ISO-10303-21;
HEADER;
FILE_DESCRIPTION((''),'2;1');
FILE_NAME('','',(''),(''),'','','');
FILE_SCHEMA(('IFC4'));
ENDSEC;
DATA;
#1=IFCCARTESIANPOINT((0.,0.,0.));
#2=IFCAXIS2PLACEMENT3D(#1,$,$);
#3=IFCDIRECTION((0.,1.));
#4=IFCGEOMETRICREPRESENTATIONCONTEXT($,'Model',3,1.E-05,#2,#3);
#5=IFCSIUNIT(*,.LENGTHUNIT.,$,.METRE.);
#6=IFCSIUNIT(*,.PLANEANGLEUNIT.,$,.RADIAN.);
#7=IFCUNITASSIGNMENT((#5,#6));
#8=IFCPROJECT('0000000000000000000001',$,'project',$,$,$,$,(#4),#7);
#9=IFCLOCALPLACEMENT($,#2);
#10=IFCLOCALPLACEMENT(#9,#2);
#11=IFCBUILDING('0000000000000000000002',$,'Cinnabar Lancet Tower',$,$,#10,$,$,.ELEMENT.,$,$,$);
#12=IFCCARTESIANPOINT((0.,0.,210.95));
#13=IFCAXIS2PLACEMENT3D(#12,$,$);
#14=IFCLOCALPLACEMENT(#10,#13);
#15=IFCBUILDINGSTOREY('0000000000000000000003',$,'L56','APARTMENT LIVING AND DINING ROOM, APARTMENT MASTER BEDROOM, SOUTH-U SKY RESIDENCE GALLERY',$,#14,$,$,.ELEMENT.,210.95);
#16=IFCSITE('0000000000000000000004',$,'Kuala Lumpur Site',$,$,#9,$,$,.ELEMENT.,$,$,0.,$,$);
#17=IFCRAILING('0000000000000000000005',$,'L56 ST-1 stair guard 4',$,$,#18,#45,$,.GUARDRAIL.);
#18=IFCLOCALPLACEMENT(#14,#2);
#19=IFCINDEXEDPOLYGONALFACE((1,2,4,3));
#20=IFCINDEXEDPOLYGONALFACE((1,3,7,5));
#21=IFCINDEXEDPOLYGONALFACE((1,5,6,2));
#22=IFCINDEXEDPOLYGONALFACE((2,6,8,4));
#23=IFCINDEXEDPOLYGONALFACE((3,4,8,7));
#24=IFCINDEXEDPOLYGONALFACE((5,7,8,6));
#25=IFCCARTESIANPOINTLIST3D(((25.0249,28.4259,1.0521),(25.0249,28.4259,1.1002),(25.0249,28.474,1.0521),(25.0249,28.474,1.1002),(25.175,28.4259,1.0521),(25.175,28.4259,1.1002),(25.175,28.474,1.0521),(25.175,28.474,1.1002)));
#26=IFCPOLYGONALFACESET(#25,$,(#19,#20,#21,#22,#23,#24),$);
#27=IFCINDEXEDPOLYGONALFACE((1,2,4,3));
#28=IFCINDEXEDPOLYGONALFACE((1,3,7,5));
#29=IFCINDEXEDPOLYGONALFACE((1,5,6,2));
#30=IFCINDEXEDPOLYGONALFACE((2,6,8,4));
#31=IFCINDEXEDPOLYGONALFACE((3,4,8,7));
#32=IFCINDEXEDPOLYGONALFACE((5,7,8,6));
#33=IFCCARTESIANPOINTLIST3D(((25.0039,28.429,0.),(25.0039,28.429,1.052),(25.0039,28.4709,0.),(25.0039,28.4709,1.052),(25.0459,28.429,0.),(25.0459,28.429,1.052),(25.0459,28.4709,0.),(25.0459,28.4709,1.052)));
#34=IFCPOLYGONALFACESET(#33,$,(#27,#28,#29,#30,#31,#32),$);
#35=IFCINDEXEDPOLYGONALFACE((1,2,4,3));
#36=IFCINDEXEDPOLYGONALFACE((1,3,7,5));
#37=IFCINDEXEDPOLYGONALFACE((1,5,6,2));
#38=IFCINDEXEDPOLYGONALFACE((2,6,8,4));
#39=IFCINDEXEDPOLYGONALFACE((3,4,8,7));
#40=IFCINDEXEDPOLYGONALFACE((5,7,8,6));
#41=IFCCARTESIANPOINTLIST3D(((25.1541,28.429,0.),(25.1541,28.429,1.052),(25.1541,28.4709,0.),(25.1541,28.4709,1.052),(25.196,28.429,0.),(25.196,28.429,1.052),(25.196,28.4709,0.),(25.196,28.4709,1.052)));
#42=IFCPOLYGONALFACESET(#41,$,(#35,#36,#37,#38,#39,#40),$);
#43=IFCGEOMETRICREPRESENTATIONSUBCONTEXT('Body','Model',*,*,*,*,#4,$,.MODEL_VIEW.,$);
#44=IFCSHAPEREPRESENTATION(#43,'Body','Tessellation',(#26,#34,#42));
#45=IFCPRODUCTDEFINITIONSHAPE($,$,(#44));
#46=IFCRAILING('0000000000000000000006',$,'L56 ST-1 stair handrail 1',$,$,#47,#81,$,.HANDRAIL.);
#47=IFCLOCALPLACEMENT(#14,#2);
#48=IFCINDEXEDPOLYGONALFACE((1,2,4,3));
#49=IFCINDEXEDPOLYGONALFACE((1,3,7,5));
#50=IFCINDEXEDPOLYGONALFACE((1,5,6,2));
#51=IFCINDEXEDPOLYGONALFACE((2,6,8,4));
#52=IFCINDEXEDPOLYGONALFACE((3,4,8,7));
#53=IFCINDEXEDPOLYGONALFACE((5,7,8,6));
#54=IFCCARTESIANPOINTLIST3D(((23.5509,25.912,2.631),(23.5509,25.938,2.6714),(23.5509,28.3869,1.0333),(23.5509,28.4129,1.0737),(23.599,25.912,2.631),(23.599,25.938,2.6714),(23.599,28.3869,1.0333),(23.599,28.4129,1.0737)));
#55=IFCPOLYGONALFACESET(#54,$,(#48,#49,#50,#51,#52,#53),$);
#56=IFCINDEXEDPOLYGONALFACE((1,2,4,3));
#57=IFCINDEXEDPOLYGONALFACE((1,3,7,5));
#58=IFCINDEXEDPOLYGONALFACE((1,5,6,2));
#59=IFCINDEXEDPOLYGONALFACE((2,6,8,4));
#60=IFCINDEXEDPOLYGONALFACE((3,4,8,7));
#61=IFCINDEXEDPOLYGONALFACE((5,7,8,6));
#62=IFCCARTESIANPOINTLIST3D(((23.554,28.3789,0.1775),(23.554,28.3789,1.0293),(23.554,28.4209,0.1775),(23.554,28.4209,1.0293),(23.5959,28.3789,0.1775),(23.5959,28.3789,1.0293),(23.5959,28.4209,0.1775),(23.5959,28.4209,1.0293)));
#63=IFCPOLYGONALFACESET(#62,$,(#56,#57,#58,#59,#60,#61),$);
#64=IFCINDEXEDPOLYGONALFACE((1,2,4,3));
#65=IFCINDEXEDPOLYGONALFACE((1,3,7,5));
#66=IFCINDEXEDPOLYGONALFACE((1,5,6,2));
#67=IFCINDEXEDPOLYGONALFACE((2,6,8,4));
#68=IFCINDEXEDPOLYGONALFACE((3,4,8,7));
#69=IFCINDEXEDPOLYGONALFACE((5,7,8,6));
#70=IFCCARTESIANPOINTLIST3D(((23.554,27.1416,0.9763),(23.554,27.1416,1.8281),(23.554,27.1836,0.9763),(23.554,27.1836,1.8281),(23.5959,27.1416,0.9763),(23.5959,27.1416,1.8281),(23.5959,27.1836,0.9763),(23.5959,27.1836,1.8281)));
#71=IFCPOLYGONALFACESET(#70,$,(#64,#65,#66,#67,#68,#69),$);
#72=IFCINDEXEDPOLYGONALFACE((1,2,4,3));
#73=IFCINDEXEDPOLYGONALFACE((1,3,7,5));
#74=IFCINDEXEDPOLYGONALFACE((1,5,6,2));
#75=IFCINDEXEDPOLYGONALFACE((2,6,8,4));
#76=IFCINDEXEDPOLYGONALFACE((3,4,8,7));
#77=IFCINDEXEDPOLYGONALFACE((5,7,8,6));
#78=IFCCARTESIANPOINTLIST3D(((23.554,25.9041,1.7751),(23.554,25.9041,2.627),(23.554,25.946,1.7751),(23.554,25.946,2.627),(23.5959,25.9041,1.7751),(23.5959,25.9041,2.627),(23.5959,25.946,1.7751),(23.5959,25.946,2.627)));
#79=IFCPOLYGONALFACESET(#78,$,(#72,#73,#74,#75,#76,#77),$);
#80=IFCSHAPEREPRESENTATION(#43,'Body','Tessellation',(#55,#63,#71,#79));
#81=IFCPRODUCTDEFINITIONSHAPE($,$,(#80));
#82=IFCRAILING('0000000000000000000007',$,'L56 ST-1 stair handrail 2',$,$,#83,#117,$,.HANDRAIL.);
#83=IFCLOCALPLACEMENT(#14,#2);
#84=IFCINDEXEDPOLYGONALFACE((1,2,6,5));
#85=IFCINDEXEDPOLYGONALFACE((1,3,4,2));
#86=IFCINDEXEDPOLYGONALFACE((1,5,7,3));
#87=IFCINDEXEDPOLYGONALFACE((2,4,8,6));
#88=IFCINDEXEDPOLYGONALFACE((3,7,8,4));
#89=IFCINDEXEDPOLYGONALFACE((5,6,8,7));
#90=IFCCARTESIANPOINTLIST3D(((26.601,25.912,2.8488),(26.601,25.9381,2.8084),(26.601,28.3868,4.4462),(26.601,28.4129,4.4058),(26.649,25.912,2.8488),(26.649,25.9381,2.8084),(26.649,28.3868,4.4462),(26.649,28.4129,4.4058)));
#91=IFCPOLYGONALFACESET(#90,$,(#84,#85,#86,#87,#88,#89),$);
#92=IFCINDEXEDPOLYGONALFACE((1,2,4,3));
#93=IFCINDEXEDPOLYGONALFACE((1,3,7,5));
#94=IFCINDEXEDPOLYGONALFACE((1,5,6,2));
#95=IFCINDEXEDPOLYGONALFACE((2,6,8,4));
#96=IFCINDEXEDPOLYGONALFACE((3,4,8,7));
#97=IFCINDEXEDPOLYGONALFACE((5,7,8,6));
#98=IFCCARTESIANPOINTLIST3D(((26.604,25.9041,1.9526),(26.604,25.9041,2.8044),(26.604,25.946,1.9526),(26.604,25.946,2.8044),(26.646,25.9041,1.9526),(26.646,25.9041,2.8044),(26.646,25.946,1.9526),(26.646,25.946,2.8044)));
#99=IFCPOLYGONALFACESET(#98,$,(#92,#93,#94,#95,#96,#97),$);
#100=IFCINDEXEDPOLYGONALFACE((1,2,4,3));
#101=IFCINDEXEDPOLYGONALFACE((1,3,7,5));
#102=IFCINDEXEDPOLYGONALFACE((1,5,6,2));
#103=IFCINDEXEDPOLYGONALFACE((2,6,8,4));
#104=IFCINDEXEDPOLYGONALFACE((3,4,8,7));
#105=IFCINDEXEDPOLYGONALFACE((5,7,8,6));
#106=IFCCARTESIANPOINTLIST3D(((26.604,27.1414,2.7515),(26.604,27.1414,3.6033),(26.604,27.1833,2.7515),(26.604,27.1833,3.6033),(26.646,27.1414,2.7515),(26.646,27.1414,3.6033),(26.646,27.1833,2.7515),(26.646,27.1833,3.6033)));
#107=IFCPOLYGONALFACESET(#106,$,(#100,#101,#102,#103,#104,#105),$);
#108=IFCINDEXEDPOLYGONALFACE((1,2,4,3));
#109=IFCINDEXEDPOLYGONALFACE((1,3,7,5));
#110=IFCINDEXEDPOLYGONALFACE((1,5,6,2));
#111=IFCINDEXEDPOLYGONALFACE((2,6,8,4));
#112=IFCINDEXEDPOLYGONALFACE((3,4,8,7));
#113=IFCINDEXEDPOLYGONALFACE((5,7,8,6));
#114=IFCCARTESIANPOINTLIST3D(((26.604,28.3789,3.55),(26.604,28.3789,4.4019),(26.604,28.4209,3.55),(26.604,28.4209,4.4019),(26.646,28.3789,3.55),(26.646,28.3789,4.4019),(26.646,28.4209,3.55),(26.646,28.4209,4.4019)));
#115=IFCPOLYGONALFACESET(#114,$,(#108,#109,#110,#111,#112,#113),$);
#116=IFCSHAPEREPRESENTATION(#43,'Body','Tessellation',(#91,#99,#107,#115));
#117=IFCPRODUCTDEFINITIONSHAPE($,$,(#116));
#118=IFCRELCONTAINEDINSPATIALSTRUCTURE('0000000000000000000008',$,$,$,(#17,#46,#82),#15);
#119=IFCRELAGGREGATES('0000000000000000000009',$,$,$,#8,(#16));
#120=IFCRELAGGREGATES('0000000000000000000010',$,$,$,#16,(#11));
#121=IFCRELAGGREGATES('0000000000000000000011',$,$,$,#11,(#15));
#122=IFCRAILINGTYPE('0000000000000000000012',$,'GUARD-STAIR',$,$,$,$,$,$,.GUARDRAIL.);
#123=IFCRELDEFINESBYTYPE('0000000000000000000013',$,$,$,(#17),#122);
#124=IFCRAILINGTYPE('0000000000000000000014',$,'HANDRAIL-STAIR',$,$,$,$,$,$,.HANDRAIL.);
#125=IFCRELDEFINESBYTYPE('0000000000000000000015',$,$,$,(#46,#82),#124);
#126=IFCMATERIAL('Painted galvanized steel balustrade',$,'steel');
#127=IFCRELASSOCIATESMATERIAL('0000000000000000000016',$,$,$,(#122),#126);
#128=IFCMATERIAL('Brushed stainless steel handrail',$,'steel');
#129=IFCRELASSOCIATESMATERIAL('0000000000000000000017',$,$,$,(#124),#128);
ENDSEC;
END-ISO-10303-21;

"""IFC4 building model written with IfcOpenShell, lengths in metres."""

from ifc_helpers import new_model, si_unit, direction, frame, origin, origin_2d, place, context, subcontext, project, spatial, rectangle, extrude, material, type_object, element, save


model = new_model("IFC4")

# Units and contexts
model_context = context("Model", 3, precision=1e-05, world=origin(), true_north=direction((0.0, 1.0)))
body_context = subcontext(model_context, "Body", "Model", "MODEL_VIEW")
ifc_project = project(units=[si_unit("LENGTHUNIT", "METRE"), si_unit("PLANEANGLEUNIT", "RADIAN")], contexts=[model_context])

# Site, building, storey
site_placement = place(None, origin())
site = spatial("IfcSite", under=ifc_project, at=site_placement, Name="Kuala Lumpur Site", CompositionType="ELEMENT", RefElevation=0.0)
building_placement = place(site_placement, origin())
building = spatial("IfcBuilding", under=site, at=building_placement, Name="Cinnabar Lancet Tower", CompositionType="ELEMENT")
storey_placement = place(building_placement, frame((0.0, 0.0, 210.95)))
storey = spatial("IfcBuildingStorey", under=building, at=storey_placement, Name="L56", Description="APARTMENT LIVING AND DINING ROOM, APARTMENT MASTER BEDROOM, SOUTH-U SKY RESIDENCE GALLERY", CompositionType="ELEMENT", Elevation=210.95)

# Railings
ifc_material_1 = material(Name="Painted galvanized steel balustrade", Category="steel")
railing_type_1 = type_object("IfcRailingType", Name="GUARD-STAIR", PredefinedType="GUARDRAIL", material=ifc_material_1)
railing_1_placement = place(storey_placement, frame((25.0249, 28.45, 0.0)))
element("IfcRailing", 1, at=railing_1_placement, inside=storey, type_object=railing_type_1, Name="L56 ST-1 stair guard 4", PredefinedType="GUARDRAIL", context=body_context, shape_type="SweptSolid", body=[
    extrude(rectangle(XDim=0.0481, YDim=0.0481, at=origin_2d()), frame((0.0, 0.0, 1.0762), z_axis=(1.0, 0.0, 0.0), x_axis=(0.0, 1.0, 0.0)), (0.0, 0.0, 1.0), 0.1501),
    extrude(rectangle(XDim=0.042, YDim=0.042, at=origin_2d()), origin(), (0.0, 0.0, 1.0), 1.052),
    extrude(rectangle(XDim=0.042, YDim=0.042, at=origin_2d()), frame((0.1501, 0.0, 0.0)), (0.0, 0.0, 1.0), 1.052),
])
ifc_material_2 = material(Name="Brushed stainless steel handrail", Category="steel")
railing_type_2 = type_object("IfcRailingType", Name="HANDRAIL-STAIR", PredefinedType="HANDRAIL", material=ifc_material_2)
railing_2_placement = place(storey_placement, frame((23.575, 28.3999, 0.1775)))
element("IfcRailing", 2, at=railing_2_placement, inside=storey, type_object=railing_type_2, Name="L56 ST-1 stair handrail 1", PredefinedType="HANDRAIL", context=body_context, shape_type="SweptSolid", body=[
    extrude(rectangle(XDim=0.0481, YDim=0.0481, at=origin_2d()), frame((0.0, 0.0, 0.876), z_axis=(0.0, -0.840146, 0.542361), x_axis=(1.0, 0.0, 0.0)), (0.0, 0.0, 1.0), 2.9458),
    extrude(rectangle(XDim=0.042, YDim=0.042, at=origin_2d()), origin(), (0.0, 0.0, 1.0), 0.8518),
    extrude(rectangle(XDim=0.042, YDim=0.042, at=origin_2d()), frame((0.0, -1.2373, 0.7988)), (0.0, 0.0, 1.0), 0.8518),
    extrude(rectangle(XDim=0.042, YDim=0.042, at=origin_2d()), frame((0.0, -2.4749, 1.5977)), (0.0, 0.0, 1.0), 0.8518),
])
railing_3_placement = place(storey_placement, frame((26.625, 25.925, 1.9526)))
element("IfcRailing", 3, at=railing_3_placement, inside=storey, type_object=railing_type_2, Name="L56 ST-1 stair handrail 2", PredefinedType="HANDRAIL", context=body_context, shape_type="SweptSolid", body=[
    extrude(rectangle(XDim=0.0481, YDim=0.0481, at=origin_2d()), frame((0.0, 0.0, 0.876), z_axis=(0.0, 0.840183, 0.542302), x_axis=(-1.0, 0.0, 0.0)), (0.0, 0.0, 1.0), 2.9456),
    extrude(rectangle(XDim=0.042, YDim=0.042, at=origin_2d()), origin(), (0.0, 0.0, 1.0), 0.8518),
    extrude(rectangle(XDim=0.042, YDim=0.042, at=origin_2d()), frame((0.0, 1.2373, 0.7988)), (0.0, 0.0, 1.0), 0.8518),
    extrude(rectangle(XDim=0.042, YDim=0.042, at=origin_2d()), frame((0.0, 2.4749, 1.5974)), (0.0, 0.0, 1.0), 0.8518),
])

save(model, "model.ifc")
